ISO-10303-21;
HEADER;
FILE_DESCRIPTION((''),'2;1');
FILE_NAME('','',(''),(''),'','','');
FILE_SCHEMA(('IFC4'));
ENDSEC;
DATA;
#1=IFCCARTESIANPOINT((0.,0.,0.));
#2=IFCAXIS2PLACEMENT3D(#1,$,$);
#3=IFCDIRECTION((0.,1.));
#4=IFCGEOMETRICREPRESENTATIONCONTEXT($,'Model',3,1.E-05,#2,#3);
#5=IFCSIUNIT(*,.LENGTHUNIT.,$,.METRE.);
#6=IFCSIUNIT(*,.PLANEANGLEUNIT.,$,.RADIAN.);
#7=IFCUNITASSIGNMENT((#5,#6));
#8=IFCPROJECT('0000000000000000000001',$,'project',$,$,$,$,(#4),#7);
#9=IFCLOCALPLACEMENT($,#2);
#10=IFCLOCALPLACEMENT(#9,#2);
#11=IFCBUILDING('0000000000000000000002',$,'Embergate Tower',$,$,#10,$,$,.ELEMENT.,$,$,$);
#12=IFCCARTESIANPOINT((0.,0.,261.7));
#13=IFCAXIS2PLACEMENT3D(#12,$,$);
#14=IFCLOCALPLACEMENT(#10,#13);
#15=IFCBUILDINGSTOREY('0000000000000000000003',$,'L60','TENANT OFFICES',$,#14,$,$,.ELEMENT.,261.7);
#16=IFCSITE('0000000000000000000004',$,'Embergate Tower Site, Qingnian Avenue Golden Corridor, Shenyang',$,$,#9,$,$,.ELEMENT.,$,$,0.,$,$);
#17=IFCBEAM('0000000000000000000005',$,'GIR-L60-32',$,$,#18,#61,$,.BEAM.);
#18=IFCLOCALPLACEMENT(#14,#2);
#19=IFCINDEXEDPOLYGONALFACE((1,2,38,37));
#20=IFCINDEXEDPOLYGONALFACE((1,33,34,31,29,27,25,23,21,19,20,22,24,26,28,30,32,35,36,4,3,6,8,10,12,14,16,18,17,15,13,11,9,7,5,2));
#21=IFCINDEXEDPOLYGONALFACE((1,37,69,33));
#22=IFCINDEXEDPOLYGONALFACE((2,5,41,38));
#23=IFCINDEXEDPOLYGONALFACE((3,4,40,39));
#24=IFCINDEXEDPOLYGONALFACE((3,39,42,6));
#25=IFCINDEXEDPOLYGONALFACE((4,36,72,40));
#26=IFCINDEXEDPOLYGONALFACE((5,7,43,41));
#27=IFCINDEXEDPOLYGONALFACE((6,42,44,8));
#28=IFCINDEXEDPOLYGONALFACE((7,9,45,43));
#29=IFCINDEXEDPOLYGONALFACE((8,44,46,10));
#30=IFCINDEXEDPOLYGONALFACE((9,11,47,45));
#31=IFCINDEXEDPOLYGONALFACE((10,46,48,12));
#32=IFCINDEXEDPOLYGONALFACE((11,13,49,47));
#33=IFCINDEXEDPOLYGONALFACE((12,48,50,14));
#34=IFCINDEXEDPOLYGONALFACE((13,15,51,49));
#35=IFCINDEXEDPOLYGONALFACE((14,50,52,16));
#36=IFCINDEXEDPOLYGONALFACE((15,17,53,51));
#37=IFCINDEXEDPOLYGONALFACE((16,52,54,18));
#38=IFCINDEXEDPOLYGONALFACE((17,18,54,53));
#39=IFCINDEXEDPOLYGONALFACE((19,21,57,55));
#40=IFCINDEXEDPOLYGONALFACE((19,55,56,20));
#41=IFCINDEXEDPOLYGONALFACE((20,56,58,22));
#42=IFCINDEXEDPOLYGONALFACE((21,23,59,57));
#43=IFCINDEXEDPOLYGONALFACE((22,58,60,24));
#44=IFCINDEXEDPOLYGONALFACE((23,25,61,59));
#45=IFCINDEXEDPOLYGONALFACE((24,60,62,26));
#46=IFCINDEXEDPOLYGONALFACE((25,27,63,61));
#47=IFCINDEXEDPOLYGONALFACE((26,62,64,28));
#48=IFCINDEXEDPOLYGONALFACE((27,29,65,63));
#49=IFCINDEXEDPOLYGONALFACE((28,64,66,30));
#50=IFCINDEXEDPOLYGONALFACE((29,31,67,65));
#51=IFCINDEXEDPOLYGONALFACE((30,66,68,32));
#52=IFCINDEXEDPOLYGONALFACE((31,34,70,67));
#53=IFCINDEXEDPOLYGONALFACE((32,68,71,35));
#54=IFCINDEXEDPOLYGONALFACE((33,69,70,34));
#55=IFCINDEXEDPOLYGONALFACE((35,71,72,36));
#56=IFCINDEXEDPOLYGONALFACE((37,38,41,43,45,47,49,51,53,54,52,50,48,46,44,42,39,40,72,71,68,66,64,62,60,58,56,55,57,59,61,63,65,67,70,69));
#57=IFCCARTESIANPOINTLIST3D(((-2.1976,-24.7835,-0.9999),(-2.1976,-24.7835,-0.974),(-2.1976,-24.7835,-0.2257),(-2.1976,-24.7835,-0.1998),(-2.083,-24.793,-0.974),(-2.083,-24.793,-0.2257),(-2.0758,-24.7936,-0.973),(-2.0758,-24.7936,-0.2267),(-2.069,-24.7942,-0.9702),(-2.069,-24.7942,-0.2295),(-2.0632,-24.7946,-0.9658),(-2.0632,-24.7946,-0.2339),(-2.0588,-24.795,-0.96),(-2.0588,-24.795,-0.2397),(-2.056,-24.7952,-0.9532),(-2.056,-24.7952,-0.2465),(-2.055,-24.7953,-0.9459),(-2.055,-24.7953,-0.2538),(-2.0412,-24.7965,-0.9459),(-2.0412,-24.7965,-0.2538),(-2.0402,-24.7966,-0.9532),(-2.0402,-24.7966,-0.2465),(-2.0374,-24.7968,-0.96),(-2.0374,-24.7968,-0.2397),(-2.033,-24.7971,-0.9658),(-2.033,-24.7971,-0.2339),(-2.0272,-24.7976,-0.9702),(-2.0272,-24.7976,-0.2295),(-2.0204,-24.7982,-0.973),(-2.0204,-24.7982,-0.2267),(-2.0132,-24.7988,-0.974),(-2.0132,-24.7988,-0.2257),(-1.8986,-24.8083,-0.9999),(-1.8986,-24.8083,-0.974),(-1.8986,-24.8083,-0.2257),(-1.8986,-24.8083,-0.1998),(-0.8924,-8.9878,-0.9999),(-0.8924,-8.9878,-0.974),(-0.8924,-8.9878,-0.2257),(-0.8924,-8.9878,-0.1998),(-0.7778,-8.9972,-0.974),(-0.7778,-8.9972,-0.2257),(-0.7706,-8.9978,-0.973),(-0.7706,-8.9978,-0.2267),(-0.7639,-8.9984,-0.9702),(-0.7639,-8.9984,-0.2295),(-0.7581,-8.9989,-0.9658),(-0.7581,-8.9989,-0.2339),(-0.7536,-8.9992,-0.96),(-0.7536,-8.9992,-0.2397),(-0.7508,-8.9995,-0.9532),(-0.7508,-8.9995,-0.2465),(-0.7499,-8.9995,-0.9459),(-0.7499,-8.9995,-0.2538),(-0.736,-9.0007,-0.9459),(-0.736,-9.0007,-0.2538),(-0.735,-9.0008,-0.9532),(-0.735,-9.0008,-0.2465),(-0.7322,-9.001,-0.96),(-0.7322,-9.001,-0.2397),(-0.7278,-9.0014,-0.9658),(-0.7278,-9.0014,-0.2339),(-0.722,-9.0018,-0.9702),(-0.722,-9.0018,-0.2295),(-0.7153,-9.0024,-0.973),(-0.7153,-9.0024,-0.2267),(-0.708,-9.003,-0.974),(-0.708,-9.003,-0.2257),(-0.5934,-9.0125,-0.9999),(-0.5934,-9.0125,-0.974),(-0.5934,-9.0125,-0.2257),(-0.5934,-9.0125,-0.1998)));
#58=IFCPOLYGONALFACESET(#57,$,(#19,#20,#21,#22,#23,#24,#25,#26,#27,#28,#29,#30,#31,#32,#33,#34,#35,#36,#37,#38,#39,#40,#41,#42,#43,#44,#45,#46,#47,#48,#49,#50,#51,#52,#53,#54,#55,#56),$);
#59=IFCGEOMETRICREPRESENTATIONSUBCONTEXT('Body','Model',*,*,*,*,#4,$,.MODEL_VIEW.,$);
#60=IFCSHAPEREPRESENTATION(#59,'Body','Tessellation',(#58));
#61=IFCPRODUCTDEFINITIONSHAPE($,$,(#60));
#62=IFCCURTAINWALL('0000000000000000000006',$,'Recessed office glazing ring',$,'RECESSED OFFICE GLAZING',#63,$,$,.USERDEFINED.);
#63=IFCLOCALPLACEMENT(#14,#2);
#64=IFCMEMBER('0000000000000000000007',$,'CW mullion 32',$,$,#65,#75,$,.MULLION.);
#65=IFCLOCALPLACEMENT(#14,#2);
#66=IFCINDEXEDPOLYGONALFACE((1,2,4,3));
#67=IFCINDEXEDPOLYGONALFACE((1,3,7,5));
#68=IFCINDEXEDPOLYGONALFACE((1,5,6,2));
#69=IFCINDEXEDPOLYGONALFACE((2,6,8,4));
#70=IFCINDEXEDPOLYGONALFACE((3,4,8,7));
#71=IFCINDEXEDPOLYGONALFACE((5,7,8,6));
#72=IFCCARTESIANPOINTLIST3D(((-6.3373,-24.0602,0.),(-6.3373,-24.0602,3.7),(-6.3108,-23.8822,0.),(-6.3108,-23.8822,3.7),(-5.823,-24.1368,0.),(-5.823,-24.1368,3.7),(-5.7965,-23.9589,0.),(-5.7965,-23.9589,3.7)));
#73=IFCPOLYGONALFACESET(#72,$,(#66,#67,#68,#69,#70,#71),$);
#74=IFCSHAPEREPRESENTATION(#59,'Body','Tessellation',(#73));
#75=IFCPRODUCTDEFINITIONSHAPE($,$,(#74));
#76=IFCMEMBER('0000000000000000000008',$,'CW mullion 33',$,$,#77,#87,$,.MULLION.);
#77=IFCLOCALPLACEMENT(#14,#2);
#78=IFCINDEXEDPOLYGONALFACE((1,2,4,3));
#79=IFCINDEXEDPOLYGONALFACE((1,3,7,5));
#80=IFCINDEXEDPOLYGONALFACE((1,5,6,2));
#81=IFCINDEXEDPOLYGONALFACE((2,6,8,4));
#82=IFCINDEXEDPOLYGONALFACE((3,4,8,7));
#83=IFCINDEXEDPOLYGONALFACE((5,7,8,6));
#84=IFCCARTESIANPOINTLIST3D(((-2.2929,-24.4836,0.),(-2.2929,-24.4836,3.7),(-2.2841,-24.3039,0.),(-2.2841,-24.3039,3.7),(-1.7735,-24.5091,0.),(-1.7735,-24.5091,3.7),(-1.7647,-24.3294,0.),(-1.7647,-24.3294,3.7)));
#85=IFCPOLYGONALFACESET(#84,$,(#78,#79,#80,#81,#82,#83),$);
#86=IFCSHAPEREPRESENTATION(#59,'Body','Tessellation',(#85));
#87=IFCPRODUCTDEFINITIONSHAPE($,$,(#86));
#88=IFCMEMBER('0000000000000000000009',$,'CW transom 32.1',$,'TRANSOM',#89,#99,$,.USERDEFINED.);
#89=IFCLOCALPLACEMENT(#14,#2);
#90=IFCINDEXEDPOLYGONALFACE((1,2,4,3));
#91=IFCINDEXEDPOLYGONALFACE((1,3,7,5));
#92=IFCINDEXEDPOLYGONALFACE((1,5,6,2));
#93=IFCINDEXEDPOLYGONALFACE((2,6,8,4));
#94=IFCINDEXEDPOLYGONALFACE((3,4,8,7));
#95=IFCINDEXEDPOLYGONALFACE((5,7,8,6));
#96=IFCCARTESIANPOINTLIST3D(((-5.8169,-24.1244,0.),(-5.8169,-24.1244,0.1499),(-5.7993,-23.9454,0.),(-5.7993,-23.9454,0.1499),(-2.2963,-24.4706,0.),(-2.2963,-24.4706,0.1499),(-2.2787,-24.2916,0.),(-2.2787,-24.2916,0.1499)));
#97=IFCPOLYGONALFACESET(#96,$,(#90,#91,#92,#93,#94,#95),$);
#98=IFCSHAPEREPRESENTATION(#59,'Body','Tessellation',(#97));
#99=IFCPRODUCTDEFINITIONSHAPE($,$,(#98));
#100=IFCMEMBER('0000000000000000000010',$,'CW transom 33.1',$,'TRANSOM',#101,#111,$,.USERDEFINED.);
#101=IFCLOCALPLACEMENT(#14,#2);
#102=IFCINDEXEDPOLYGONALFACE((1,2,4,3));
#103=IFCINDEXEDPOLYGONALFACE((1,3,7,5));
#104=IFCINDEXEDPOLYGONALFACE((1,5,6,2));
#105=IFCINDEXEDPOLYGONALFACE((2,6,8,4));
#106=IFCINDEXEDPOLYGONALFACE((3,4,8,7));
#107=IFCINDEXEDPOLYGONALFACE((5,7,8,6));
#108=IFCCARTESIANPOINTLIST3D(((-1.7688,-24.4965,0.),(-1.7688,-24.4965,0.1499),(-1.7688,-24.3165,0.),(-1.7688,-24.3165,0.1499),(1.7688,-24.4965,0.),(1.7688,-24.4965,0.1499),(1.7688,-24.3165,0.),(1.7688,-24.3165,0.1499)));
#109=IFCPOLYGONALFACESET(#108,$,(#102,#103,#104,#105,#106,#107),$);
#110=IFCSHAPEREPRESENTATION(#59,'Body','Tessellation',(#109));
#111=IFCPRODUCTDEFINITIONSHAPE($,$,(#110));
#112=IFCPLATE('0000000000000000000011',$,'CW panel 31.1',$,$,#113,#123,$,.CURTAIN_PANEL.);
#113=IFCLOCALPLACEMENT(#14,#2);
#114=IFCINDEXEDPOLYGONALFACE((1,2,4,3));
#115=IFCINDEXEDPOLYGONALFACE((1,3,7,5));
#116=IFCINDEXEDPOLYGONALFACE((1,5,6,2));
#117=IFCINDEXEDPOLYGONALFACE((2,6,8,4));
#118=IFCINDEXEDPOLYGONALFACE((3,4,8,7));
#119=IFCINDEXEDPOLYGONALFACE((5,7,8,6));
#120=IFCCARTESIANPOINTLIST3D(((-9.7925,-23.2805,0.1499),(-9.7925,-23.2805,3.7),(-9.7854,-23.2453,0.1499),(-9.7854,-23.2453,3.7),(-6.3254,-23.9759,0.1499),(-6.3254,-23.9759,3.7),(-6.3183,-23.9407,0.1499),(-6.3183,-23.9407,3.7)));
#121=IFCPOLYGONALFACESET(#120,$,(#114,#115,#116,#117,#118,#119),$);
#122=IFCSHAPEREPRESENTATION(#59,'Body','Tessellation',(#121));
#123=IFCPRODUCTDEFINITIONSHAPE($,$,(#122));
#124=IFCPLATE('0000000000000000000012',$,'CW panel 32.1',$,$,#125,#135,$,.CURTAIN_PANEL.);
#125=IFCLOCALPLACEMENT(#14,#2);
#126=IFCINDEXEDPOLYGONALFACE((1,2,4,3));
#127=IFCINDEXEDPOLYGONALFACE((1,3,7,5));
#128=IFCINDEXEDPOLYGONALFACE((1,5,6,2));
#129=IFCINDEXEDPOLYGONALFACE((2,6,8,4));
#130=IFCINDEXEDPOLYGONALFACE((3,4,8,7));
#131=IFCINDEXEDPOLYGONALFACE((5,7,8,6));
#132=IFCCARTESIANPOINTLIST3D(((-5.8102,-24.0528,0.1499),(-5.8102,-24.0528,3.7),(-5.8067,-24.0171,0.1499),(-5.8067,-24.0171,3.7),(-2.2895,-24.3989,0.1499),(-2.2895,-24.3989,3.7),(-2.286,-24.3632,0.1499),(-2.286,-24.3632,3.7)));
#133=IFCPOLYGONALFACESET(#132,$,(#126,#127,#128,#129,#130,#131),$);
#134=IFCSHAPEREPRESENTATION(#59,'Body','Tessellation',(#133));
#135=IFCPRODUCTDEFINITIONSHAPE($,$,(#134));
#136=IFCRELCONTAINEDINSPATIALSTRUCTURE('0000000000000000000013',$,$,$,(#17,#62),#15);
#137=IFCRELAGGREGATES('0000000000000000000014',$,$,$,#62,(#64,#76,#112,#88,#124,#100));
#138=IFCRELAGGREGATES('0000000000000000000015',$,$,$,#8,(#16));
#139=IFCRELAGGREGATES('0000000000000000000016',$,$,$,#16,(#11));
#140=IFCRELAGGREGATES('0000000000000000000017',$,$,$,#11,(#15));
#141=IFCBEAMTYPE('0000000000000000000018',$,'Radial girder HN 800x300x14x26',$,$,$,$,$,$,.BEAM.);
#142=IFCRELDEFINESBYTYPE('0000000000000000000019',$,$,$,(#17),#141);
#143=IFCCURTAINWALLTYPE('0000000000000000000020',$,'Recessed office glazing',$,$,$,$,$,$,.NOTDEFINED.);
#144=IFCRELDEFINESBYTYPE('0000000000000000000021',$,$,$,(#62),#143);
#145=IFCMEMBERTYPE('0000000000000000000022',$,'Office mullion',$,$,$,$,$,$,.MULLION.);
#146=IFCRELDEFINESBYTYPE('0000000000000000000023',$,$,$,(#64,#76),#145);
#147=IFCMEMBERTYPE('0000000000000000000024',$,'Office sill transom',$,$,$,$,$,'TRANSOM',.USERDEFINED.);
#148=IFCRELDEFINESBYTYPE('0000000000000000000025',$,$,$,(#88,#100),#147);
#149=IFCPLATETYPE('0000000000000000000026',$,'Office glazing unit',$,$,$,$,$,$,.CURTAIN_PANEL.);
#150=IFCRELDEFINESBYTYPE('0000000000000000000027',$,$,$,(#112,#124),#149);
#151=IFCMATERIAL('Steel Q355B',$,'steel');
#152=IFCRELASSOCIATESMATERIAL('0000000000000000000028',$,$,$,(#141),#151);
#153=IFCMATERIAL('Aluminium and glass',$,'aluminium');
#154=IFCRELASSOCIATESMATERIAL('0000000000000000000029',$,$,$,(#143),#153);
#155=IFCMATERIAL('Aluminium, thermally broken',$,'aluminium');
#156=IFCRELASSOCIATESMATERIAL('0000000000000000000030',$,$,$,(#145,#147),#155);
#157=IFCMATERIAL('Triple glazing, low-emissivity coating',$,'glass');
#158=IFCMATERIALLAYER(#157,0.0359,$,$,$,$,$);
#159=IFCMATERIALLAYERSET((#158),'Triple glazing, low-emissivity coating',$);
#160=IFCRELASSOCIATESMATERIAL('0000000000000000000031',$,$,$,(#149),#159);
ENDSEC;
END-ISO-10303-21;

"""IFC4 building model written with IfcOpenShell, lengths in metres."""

from ifc_helpers import new_model, si_unit, direction, frame, origin, origin_2d, place, context, subcontext, project, spatial, rectangle, i_section, extrude, source, transform, mapped, material, layer, layer_set, material_profile, profile_set, type_object, element, aggregate, save


model = new_model("IFC4")

# Units and contexts
model_context = context("Model", 3, precision=1e-05, world=origin(), true_north=direction((0.0, 1.0)))
body_context = subcontext(model_context, "Body", "Model", "MODEL_VIEW")
ifc_project = project(units=[si_unit("LENGTHUNIT", "METRE"), si_unit("PLANEANGLEUNIT", "RADIAN")], contexts=[model_context])

# Site, building, storey
site_placement = place(None, origin())
site = spatial("IfcSite", under=ifc_project, at=site_placement, Name="Embergate Tower Site, Qingnian Avenue Golden Corridor, Shenyang", CompositionType="ELEMENT", RefElevation=0.0)
building_placement = place(site_placement, origin())
building = spatial("IfcBuilding", under=site, at=building_placement, Name="Embergate Tower", CompositionType="ELEMENT")
storey_placement = place(building_placement, frame((0.0, 0.0, 261.7)))
storey = spatial("IfcBuildingStorey", under=building, at=storey_placement, Name="L60", Description="TENANT OFFICES", CompositionType="ELEMENT", Elevation=261.7)

# Beam
ifc_material_1 = material(Name="Steel Q355B", Category="steel")
ifc_material_profile_1 = material_profile(ifc_material_1, i_section(OverallWidth=0.3, OverallDepth=0.8, WebThickness=0.0139, FlangeThickness=0.0259, FilletRadius=0.0281, at=origin_2d()), Name="HN 800x300x14x26")
ifc_profile_set_1 = profile_set([ifc_material_profile_1], Name="Steel Q355 grade B")
beam_type_1 = type_object("IfcBeamType", Name="Radial girder HN 800x300x14x26", PredefinedType="BEAM", material=ifc_profile_set_1)
shared_shape_1 = source(origin(), body_context, "Body", "SweptSolid", [
    extrude(i_section(OverallWidth=0.3, OverallDepth=0.8, WebThickness=0.0139, FlangeThickness=0.0259, FilletRadius=0.0281, at=origin_2d()), origin(), (0.0, 0.0, 1.0), 15.8496),
])
beam_1_placement = place(storey_placement, frame((-2.0481, -24.7959, -0.5999), z_axis=(0.082347, 0.996604, 0.0), x_axis=(-0.996604, 0.082347, 0.0)))
element("IfcBeam", 1, at=beam_1_placement, inside=storey, type_object=beam_type_1, Name="GIR-L60-32", PredefinedType="BEAM", context=body_context, shape_type="MappedRepresentation", body=[
    mapped(shared_shape_1, transform((0.0, 0.0, 0.0))),
])

# Curtain wall, members, plates
ifc_material_2 = material(Name="Aluminium and glass", Category="aluminium")
curtain_wall_type = type_object("IfcCurtainWallType", Name="Recessed office glazing", PredefinedType="NOTDEFINED", material=ifc_material_2)
curtain_wall_placement = place(storey_placement, origin())
curtain_wall = element("IfcCurtainWall", 2, at=curtain_wall_placement, inside=storey, type_object=curtain_wall_type, Name="Recessed office glazing ring", ObjectType="RECESSED OFFICE GLAZING", PredefinedType="USERDEFINED")
ifc_material_3 = material(Name="Aluminium, thermally broken", Category="aluminium")
ifc_material_profile_2 = material_profile(ifc_material_3, rectangle(XDim=0.1799, YDim=0.52, at=origin_2d()), Name="AL 520x180")
ifc_profile_set_2 = profile_set([ifc_material_profile_2], Name="Aluminium, thermally broken")
member_type_1 = type_object("IfcMemberType", Name="Office mullion", PredefinedType="MULLION", material=ifc_profile_set_2)
shared_shape_2 = source(origin(), body_context, "Body", "SweptSolid", [
    extrude(rectangle(XDim=0.1799, YDim=0.52, at=origin_2d()), origin(), (0.0, 0.0, 1.0), 3.7),
])
member_1_placement = place(storey_placement, frame((-6.0669, -24.0095, 0.0), z_axis=(0.0, 0.0, 1.0), x_axis=(0.147411, 0.989075, 0.0)))
member_1 = element("IfcMember", 3, at=member_1_placement, type_object=member_type_1, Name="CW mullion 32", PredefinedType="MULLION", context=body_context, shape_type="MappedRepresentation", body=[
    mapped(shared_shape_2, transform((0.0, 0.0, 0.0))),
])
member_2_placement = place(storey_placement, frame((-2.0288, -24.4065, 0.0), z_axis=(0.0, 0.0, 1.0), x_axis=(0.04897, 0.9988, 0.0)))
member_2 = element("IfcMember", 4, at=member_2_placement, type_object=member_type_1, Name="CW mullion 33", PredefinedType="MULLION", context=body_context, shape_type="MappedRepresentation", body=[
    mapped(shared_shape_2, transform((0.0, 0.0, 0.0))),
])
ifc_material_profile_3 = material_profile(ifc_material_3, rectangle(XDim=0.1799, YDim=0.1499, at=origin_2d()), Name="AL 150x180")
ifc_profile_set_3 = profile_set([ifc_material_profile_3], Name="Aluminium, thermally broken")
member_type_2 = type_object("IfcMemberType", Name="Office sill transom", ElementType="TRANSOM", PredefinedType="USERDEFINED", material=ifc_profile_set_3)
shared_shape_3 = source(origin(), body_context, "Body", "SweptSolid", [
    extrude(rectangle(XDim=0.1799, YDim=0.1499, at=origin_2d()), origin(), (0.0, 0.0, 1.0), 3.5376),
])
member_3_placement = place(storey_placement, frame((-5.8081, -24.0349, 0.075), z_axis=(0.9952, -0.097864, 0.0), x_axis=(0.097864, 0.9952, 0.0)))
member_3 = element("IfcMember", 5, at=member_3_placement, type_object=member_type_2, Name="CW transom 32.1", ObjectType="TRANSOM", PredefinedType="USERDEFINED", context=body_context, shape_type="MappedRepresentation", body=[
    mapped(shared_shape_3, transform((0.0, 0.0, 0.0))),
])
member_4_placement = place(storey_placement, frame((-1.7688, -24.4065, 0.075), z_axis=(1.0, 0.0, 0.0), x_axis=(0.0, 1.0, 0.0)))
member_4 = element("IfcMember", 6, at=member_4_placement, type_object=member_type_2, Name="CW transom 33.1", ObjectType="TRANSOM", PredefinedType="USERDEFINED", context=body_context, shape_type="MappedRepresentation", body=[
    mapped(shared_shape_3, transform((0.0, 0.0, 0.0))),
])
ifc_material_4 = material(Name="Triple glazing, low-emissivity coating", Category="glass")
ifc_layer = layer(ifc_material_4, 0.0359)
ifc_layer_set = layer_set([ifc_layer], Name="Triple glazing, low-emissivity coating")
plate_type = type_object("IfcPlateType", Name="Office glazing unit", PredefinedType="CURTAIN_PANEL", material=ifc_layer_set)
shared_shape_4 = source(origin(), body_context, "Body", "SweptSolid", [
    extrude(rectangle(XDim=3.5361, YDim=0.0359, at=origin_2d()), origin(), (0.0, 0.0, 1.0), 3.55),
])
plate_1_placement = place(storey_placement, frame((-8.0554, -23.6106, 0.1499), z_axis=(0.0, 0.0, 1.0), x_axis=(0.980476, -0.196639, 0.0)))
plate_1 = element("IfcPlate", 7, at=plate_1_placement, type_object=plate_type, Name="CW panel 31.1", PredefinedType="CURTAIN_PANEL", context=body_context, shape_type="MappedRepresentation", body=[
    mapped(shared_shape_4, transform((0.0, 0.0, 0.0))),
])
shared_shape_5 = source(origin(), body_context, "Body", "SweptSolid", [
    extrude(rectangle(XDim=3.5376, YDim=0.0359, at=origin_2d()), origin(), (0.0, 0.0, 1.0), 3.55),
])
plate_2_placement = place(storey_placement, frame((-4.0481, -24.208, 0.1499), z_axis=(0.0, 0.0, 1.0), x_axis=(0.995203, -0.09783, 0.0)))
plate_2 = element("IfcPlate", 8, at=plate_2_placement, type_object=plate_type, Name="CW panel 32.1", PredefinedType="CURTAIN_PANEL", context=body_context, shape_type="MappedRepresentation", body=[
    mapped(shared_shape_5, transform((0.0, 0.0, 0.0))),
])
aggregate(curtain_wall, [member_1, member_2, plate_1, member_3, plate_2, member_4])

save(model, "model.ifc")
